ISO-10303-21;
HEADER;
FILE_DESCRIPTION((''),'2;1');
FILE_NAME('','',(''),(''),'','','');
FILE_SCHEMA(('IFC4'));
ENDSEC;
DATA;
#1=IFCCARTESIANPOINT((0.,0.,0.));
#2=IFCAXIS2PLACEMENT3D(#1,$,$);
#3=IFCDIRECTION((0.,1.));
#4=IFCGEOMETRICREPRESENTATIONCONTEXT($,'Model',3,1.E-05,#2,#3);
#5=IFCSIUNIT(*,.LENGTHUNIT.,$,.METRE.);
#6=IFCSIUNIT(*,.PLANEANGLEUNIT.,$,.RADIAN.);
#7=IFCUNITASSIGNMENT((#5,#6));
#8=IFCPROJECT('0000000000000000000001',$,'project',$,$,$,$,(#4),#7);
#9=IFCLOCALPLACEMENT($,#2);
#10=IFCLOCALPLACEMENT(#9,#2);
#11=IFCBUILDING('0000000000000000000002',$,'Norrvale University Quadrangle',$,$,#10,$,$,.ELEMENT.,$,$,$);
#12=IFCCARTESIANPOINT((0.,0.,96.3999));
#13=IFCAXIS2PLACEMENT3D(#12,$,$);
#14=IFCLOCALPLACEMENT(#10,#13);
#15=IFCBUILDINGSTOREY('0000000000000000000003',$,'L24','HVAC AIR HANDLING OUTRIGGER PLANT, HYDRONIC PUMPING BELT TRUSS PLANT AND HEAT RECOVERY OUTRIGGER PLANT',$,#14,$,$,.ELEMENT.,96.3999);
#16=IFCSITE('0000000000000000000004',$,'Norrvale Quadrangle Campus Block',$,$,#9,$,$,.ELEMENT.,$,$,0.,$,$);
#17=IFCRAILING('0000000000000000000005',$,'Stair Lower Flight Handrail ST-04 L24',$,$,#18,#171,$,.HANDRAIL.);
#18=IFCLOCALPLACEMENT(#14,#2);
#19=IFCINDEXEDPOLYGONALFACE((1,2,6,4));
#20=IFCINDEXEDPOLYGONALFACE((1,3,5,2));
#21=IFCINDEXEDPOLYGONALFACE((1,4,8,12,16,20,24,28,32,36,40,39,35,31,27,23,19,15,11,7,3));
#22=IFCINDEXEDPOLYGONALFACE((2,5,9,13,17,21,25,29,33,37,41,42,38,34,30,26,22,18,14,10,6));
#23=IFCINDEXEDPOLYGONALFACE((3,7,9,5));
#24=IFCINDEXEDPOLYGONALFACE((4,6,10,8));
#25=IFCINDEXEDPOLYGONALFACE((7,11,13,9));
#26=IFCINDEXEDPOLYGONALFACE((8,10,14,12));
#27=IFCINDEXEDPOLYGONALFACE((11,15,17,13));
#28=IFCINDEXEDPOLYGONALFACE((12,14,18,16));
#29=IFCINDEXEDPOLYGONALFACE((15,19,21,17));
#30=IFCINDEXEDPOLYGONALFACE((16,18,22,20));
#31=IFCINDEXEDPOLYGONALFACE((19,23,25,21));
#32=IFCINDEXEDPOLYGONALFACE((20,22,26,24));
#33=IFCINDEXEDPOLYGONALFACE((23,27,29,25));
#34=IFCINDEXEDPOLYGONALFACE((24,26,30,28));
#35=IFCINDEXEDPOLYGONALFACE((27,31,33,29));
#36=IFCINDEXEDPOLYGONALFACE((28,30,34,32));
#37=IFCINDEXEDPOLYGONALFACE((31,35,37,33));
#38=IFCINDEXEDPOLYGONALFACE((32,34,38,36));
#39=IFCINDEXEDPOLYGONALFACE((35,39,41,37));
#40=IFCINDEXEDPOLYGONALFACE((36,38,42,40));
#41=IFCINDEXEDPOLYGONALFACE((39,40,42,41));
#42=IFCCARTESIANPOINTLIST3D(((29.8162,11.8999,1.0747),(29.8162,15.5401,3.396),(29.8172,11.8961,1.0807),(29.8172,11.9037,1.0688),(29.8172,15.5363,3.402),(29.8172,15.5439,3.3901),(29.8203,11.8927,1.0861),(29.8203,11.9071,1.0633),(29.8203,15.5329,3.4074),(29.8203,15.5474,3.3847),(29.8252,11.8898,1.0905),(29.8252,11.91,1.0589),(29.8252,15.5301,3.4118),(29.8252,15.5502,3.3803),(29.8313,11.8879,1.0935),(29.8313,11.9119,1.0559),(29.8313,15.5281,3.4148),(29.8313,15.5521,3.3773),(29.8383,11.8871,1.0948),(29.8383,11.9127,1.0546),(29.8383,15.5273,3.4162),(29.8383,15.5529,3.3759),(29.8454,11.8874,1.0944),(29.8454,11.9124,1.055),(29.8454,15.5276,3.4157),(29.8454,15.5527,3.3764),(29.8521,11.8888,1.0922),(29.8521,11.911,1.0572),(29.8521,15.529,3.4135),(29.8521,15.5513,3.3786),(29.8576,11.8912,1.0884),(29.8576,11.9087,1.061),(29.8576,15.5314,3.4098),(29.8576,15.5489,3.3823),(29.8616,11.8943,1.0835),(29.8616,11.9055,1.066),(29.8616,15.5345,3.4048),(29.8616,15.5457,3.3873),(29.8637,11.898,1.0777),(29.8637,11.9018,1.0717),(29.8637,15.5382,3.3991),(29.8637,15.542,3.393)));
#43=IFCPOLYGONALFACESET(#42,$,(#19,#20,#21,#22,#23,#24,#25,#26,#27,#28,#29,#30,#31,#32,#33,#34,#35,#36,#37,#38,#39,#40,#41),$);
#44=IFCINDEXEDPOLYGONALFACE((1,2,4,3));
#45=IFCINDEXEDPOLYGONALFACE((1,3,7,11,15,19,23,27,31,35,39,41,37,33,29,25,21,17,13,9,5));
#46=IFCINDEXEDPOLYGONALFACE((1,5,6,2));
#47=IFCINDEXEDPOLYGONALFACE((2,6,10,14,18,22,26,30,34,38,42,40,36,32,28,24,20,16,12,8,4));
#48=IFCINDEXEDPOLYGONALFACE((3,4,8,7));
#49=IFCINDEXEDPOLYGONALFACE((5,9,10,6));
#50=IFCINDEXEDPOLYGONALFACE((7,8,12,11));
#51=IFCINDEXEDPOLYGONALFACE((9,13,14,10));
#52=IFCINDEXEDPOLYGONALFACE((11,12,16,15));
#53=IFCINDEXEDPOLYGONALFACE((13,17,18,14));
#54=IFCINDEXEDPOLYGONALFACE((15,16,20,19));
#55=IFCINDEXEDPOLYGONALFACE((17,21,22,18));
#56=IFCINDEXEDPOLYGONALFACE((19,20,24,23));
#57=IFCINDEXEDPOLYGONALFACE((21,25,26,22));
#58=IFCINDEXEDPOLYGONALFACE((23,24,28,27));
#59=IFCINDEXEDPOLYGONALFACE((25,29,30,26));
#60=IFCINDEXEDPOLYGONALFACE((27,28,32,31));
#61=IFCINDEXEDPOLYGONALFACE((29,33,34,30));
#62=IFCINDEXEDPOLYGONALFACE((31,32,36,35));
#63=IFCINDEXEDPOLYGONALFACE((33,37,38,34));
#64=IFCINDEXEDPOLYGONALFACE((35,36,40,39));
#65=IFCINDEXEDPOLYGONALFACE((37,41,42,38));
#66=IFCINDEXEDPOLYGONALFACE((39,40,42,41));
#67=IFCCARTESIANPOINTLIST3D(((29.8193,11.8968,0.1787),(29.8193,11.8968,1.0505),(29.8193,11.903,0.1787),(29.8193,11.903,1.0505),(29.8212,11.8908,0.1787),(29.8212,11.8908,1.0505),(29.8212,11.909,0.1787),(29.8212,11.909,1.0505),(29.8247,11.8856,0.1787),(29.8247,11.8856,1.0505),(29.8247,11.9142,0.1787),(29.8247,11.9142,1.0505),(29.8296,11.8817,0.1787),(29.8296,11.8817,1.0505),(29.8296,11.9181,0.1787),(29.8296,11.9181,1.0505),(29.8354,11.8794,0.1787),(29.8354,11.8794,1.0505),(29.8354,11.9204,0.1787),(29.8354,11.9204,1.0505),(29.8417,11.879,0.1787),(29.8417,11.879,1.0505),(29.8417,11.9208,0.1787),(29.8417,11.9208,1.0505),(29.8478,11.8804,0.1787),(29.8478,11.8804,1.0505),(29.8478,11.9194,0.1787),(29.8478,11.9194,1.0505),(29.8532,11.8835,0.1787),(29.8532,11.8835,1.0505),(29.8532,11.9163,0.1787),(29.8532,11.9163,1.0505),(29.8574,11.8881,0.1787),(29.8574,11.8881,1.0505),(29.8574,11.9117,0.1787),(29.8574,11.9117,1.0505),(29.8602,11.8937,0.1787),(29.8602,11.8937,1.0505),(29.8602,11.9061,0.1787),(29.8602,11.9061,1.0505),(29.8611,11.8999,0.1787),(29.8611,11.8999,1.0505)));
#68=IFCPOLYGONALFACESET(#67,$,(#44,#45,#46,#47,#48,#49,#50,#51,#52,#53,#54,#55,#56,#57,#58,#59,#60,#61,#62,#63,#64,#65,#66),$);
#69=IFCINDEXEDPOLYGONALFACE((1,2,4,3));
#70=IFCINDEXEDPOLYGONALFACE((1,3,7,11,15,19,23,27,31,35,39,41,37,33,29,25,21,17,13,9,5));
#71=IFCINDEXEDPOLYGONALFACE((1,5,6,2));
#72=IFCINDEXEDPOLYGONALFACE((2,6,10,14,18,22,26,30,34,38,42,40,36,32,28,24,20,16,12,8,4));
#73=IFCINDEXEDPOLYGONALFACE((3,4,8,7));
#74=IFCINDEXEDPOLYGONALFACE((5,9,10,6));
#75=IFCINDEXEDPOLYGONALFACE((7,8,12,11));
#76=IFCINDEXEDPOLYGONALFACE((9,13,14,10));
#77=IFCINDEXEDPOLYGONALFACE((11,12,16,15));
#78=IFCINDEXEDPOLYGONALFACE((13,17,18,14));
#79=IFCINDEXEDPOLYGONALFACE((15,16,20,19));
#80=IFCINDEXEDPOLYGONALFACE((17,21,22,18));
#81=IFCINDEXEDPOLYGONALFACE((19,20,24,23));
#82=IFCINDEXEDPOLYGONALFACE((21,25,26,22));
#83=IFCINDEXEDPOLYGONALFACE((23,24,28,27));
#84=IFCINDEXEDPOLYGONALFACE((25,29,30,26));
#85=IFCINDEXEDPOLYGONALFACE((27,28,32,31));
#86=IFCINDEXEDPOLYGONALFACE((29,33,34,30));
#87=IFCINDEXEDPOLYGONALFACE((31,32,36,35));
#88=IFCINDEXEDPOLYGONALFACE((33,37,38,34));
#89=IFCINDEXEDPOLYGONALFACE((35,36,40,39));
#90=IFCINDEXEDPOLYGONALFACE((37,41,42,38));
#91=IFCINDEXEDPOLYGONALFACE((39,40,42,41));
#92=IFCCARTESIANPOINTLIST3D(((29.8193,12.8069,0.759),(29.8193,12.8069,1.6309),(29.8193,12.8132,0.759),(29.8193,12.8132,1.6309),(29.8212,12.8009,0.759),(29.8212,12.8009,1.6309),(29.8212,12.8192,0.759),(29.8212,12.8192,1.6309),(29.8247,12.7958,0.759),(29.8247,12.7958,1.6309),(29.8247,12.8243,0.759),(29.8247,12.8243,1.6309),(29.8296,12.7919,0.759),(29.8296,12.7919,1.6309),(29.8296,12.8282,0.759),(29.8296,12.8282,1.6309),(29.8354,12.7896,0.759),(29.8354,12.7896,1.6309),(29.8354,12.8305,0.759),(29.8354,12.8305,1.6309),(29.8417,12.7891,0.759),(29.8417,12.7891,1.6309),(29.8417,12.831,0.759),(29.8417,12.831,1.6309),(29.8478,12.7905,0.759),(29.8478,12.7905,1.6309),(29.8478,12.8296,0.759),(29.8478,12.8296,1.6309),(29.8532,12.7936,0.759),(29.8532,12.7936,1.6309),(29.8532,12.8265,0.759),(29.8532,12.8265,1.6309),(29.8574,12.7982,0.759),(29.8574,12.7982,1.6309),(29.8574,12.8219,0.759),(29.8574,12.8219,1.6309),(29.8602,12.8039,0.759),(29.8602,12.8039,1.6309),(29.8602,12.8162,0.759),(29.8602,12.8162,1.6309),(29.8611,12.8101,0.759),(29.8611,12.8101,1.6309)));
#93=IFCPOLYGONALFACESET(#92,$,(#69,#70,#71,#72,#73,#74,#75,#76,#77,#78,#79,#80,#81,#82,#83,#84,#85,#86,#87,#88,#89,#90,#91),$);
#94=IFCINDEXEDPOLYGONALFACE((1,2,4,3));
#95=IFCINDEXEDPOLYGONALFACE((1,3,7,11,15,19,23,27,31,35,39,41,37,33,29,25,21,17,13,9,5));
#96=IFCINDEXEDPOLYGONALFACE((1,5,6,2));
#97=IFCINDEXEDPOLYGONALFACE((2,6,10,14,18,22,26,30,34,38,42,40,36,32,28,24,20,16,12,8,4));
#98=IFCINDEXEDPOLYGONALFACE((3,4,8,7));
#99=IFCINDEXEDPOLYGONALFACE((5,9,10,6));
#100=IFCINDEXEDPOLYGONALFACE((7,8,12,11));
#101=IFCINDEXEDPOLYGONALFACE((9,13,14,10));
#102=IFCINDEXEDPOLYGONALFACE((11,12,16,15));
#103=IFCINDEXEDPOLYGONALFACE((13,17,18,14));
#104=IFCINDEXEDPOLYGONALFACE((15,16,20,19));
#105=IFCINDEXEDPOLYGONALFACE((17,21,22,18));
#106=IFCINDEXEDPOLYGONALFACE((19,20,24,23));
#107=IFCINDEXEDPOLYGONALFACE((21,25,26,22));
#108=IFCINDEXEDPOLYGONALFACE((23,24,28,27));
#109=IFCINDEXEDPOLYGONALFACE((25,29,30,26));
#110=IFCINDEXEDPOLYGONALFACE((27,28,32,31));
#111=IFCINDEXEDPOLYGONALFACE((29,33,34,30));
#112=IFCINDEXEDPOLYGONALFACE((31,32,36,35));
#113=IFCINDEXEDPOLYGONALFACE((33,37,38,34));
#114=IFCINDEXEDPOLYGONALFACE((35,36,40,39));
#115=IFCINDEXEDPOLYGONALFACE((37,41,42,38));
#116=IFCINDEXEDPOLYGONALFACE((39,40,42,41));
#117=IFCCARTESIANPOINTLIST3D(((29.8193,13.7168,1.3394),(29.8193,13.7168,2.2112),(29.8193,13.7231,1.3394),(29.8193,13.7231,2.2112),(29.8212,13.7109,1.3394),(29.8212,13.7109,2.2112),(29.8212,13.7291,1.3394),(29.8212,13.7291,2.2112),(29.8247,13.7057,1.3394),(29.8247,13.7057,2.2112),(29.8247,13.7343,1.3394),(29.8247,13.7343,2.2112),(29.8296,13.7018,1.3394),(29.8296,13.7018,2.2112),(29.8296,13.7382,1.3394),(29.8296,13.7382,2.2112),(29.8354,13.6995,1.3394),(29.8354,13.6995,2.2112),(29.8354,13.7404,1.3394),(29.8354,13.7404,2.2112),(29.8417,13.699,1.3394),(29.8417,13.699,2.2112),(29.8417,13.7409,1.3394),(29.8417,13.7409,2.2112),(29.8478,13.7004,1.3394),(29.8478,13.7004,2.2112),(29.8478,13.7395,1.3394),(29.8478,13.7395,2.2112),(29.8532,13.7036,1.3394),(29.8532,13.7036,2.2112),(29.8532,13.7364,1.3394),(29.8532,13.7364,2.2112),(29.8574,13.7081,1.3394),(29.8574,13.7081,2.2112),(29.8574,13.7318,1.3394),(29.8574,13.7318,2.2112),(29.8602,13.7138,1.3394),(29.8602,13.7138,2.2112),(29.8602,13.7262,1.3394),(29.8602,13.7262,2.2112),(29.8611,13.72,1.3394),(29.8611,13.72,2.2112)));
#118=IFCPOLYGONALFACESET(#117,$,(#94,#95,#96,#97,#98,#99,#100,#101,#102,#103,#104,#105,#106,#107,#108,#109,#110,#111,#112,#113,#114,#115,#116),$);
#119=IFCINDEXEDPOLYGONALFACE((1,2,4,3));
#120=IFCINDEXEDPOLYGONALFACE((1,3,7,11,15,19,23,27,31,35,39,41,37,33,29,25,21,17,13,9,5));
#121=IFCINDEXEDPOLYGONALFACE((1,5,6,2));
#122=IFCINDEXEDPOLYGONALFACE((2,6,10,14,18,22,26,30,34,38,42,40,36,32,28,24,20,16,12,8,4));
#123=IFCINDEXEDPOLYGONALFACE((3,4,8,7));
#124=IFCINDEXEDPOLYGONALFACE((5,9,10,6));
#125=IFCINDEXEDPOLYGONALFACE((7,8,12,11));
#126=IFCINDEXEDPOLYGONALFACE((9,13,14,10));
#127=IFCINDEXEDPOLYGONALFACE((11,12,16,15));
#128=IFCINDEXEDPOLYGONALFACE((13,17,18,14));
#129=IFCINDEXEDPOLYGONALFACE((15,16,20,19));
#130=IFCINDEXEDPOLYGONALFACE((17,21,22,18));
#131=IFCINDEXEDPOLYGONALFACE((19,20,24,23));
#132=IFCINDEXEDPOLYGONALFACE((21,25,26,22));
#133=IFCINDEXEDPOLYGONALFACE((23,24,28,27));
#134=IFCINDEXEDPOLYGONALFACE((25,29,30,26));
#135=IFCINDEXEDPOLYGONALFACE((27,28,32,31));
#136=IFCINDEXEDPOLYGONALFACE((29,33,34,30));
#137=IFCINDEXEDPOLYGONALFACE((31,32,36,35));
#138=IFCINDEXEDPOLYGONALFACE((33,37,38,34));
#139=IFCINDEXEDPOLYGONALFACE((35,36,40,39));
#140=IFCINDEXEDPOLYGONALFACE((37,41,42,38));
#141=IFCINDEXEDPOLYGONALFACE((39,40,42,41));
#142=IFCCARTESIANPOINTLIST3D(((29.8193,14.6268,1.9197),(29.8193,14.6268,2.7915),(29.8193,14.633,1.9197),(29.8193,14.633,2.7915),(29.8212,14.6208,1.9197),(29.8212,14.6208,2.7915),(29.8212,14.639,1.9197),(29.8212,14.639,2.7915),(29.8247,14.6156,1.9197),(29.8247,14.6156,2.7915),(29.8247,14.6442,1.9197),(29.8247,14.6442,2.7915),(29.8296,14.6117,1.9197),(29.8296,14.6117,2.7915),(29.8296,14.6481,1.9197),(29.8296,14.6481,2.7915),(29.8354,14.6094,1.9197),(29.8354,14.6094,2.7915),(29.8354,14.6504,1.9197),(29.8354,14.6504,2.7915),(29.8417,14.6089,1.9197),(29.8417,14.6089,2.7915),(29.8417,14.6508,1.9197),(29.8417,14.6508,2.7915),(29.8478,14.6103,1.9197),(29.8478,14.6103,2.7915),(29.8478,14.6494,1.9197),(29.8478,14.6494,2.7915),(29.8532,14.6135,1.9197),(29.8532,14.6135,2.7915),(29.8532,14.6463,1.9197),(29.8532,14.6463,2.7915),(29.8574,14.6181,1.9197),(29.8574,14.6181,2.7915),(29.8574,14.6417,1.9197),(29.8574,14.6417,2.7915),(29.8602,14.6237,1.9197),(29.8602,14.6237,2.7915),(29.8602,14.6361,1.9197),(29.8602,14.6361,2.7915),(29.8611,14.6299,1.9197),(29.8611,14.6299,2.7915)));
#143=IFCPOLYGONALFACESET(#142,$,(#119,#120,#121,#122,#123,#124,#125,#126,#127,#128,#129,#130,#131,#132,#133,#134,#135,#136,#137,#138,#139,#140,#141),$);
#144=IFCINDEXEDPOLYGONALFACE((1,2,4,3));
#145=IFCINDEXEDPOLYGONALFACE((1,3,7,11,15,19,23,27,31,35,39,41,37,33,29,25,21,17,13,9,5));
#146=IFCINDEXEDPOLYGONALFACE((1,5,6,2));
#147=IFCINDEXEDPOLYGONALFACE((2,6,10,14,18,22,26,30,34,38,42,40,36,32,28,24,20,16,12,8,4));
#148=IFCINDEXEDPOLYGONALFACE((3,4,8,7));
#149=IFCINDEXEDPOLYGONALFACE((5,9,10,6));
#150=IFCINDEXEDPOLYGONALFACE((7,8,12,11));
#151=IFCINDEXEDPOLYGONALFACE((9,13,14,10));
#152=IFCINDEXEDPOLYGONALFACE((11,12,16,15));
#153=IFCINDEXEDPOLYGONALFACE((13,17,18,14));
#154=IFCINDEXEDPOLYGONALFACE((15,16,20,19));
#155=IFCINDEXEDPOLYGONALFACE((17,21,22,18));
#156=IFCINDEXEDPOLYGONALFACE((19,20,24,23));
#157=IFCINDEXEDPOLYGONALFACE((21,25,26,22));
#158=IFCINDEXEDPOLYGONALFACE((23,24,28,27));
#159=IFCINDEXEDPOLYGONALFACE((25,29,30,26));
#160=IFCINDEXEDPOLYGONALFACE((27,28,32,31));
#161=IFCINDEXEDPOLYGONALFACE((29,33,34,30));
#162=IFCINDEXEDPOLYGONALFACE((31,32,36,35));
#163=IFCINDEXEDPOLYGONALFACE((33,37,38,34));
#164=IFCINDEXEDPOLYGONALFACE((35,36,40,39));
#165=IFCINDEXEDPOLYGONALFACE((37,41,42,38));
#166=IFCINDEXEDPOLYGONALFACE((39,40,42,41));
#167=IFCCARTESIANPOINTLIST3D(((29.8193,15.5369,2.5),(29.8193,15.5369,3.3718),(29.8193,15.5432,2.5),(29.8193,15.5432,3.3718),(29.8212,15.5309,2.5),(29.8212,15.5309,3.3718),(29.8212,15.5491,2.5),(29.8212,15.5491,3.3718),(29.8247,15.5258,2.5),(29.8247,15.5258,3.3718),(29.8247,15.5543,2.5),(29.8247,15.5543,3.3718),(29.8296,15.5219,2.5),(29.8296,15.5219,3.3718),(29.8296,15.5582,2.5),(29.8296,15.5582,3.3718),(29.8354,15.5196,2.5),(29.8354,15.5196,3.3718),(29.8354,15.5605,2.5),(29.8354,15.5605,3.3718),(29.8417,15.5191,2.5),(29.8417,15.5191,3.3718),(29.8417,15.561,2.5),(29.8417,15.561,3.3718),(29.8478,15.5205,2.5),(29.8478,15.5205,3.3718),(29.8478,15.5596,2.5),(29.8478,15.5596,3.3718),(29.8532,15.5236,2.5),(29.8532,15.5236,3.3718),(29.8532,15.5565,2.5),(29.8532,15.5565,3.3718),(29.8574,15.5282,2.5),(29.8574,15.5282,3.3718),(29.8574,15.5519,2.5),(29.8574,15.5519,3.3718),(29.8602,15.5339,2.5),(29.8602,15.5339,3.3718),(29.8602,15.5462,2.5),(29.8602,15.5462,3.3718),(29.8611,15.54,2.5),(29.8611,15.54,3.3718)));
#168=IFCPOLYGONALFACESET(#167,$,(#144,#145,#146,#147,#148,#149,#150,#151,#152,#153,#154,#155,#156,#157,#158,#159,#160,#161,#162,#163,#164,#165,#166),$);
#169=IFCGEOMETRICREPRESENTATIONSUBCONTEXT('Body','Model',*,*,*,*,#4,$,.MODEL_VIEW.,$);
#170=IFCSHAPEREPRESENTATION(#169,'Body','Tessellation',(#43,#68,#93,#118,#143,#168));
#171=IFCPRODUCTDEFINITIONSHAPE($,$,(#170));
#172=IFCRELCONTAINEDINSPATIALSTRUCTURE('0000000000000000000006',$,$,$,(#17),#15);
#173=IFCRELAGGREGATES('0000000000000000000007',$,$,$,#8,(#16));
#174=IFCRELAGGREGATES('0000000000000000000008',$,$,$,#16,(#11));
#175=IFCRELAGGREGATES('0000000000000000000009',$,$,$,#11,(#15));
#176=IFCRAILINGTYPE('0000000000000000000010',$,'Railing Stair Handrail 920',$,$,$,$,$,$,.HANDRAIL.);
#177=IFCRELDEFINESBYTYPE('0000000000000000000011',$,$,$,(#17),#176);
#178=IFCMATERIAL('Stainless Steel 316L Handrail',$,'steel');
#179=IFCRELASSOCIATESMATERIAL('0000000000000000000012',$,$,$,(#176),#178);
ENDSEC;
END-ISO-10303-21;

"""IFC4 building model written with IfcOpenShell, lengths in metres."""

from ifc_helpers import new_model, si_unit, direction, frame, origin, origin_2d, place, context, subcontext, project, spatial, circle, extrude, material, type_object, element, save


model = new_model("IFC4")

# Units and contexts
model_context = context("Model", 3, precision=1e-05, world=origin(), true_north=direction((0.0, 1.0)))
body_context = subcontext(model_context, "Body", "Model", "MODEL_VIEW")
ifc_project = project(units=[si_unit("LENGTHUNIT", "METRE"), si_unit("PLANEANGLEUNIT", "RADIAN")], contexts=[model_context])

# Site, building, storey
site_placement = place(None, origin())
site = spatial("IfcSite", under=ifc_project, at=site_placement, Name="Norrvale Quadrangle Campus Block", CompositionType="ELEMENT", RefElevation=0.0)
building_placement = place(site_placement, origin())
building = spatial("IfcBuilding", under=site, at=building_placement, Name="Norrvale University Quadrangle", CompositionType="ELEMENT")
storey_placement = place(building_placement, frame((0.0, 0.0, 96.3999)))
storey = spatial("IfcBuildingStorey", under=building, at=storey_placement, Name="L24", Description="HVAC AIR HANDLING OUTRIGGER PLANT, HYDRONIC PUMPING BELT TRUSS PLANT AND HEAT RECOVERY OUTRIGGER PLANT", CompositionType="ELEMENT", Elevation=96.3999)

# Railing
ifc_material_1 = material(Name="Stainless Steel 316L Handrail", Category="steel")
railing_type_1 = type_object("IfcRailingType", Name="Railing Stair Handrail 920", PredefinedType="HANDRAIL", material=ifc_material_1)
railing_1_placement = place(storey_placement, frame((29.8401, 11.8999, 0.1787)))
element("IfcRailing", 1, at=railing_1_placement, inside=storey, type_object=railing_type_1, Name="Stair Lower Flight Handrail ST-04 L24", PredefinedType="HANDRAIL", context=body_context, shape_type="SweptSolid", body=[
    extrude(circle(Radius=0.0239, at=origin_2d()), frame((0.0, 0.0, 0.896), z_axis=(0.0, 0.843153, 0.537673), x_axis=(-1.0, 0.0, 0.0)), (0.0, 0.0, 1.0), 4.3174),
    extrude(circle(Radius=0.021, at=origin_2d()), origin(), (0.0, 0.0, 1.0), 0.8718),
    extrude(circle(Radius=0.021, at=origin_2d()), frame((0.0, 0.9102, 0.5803)), (0.0, 0.0, 1.0), 0.8718),
    extrude(circle(Radius=0.021, at=origin_2d()), frame((0.0, 1.8201, 1.1606)), (0.0, 0.0, 1.0), 0.8718),
    extrude(circle(Radius=0.021, at=origin_2d()), frame((0.0, 2.73, 1.741)), (0.0, 0.0, 1.0), 0.8718),
    extrude(circle(Radius=0.021, at=origin_2d()), frame((0.0, 3.6401, 2.3213)), (0.0, 0.0, 1.0), 0.8718),
])

save(model, "model.ifc")
